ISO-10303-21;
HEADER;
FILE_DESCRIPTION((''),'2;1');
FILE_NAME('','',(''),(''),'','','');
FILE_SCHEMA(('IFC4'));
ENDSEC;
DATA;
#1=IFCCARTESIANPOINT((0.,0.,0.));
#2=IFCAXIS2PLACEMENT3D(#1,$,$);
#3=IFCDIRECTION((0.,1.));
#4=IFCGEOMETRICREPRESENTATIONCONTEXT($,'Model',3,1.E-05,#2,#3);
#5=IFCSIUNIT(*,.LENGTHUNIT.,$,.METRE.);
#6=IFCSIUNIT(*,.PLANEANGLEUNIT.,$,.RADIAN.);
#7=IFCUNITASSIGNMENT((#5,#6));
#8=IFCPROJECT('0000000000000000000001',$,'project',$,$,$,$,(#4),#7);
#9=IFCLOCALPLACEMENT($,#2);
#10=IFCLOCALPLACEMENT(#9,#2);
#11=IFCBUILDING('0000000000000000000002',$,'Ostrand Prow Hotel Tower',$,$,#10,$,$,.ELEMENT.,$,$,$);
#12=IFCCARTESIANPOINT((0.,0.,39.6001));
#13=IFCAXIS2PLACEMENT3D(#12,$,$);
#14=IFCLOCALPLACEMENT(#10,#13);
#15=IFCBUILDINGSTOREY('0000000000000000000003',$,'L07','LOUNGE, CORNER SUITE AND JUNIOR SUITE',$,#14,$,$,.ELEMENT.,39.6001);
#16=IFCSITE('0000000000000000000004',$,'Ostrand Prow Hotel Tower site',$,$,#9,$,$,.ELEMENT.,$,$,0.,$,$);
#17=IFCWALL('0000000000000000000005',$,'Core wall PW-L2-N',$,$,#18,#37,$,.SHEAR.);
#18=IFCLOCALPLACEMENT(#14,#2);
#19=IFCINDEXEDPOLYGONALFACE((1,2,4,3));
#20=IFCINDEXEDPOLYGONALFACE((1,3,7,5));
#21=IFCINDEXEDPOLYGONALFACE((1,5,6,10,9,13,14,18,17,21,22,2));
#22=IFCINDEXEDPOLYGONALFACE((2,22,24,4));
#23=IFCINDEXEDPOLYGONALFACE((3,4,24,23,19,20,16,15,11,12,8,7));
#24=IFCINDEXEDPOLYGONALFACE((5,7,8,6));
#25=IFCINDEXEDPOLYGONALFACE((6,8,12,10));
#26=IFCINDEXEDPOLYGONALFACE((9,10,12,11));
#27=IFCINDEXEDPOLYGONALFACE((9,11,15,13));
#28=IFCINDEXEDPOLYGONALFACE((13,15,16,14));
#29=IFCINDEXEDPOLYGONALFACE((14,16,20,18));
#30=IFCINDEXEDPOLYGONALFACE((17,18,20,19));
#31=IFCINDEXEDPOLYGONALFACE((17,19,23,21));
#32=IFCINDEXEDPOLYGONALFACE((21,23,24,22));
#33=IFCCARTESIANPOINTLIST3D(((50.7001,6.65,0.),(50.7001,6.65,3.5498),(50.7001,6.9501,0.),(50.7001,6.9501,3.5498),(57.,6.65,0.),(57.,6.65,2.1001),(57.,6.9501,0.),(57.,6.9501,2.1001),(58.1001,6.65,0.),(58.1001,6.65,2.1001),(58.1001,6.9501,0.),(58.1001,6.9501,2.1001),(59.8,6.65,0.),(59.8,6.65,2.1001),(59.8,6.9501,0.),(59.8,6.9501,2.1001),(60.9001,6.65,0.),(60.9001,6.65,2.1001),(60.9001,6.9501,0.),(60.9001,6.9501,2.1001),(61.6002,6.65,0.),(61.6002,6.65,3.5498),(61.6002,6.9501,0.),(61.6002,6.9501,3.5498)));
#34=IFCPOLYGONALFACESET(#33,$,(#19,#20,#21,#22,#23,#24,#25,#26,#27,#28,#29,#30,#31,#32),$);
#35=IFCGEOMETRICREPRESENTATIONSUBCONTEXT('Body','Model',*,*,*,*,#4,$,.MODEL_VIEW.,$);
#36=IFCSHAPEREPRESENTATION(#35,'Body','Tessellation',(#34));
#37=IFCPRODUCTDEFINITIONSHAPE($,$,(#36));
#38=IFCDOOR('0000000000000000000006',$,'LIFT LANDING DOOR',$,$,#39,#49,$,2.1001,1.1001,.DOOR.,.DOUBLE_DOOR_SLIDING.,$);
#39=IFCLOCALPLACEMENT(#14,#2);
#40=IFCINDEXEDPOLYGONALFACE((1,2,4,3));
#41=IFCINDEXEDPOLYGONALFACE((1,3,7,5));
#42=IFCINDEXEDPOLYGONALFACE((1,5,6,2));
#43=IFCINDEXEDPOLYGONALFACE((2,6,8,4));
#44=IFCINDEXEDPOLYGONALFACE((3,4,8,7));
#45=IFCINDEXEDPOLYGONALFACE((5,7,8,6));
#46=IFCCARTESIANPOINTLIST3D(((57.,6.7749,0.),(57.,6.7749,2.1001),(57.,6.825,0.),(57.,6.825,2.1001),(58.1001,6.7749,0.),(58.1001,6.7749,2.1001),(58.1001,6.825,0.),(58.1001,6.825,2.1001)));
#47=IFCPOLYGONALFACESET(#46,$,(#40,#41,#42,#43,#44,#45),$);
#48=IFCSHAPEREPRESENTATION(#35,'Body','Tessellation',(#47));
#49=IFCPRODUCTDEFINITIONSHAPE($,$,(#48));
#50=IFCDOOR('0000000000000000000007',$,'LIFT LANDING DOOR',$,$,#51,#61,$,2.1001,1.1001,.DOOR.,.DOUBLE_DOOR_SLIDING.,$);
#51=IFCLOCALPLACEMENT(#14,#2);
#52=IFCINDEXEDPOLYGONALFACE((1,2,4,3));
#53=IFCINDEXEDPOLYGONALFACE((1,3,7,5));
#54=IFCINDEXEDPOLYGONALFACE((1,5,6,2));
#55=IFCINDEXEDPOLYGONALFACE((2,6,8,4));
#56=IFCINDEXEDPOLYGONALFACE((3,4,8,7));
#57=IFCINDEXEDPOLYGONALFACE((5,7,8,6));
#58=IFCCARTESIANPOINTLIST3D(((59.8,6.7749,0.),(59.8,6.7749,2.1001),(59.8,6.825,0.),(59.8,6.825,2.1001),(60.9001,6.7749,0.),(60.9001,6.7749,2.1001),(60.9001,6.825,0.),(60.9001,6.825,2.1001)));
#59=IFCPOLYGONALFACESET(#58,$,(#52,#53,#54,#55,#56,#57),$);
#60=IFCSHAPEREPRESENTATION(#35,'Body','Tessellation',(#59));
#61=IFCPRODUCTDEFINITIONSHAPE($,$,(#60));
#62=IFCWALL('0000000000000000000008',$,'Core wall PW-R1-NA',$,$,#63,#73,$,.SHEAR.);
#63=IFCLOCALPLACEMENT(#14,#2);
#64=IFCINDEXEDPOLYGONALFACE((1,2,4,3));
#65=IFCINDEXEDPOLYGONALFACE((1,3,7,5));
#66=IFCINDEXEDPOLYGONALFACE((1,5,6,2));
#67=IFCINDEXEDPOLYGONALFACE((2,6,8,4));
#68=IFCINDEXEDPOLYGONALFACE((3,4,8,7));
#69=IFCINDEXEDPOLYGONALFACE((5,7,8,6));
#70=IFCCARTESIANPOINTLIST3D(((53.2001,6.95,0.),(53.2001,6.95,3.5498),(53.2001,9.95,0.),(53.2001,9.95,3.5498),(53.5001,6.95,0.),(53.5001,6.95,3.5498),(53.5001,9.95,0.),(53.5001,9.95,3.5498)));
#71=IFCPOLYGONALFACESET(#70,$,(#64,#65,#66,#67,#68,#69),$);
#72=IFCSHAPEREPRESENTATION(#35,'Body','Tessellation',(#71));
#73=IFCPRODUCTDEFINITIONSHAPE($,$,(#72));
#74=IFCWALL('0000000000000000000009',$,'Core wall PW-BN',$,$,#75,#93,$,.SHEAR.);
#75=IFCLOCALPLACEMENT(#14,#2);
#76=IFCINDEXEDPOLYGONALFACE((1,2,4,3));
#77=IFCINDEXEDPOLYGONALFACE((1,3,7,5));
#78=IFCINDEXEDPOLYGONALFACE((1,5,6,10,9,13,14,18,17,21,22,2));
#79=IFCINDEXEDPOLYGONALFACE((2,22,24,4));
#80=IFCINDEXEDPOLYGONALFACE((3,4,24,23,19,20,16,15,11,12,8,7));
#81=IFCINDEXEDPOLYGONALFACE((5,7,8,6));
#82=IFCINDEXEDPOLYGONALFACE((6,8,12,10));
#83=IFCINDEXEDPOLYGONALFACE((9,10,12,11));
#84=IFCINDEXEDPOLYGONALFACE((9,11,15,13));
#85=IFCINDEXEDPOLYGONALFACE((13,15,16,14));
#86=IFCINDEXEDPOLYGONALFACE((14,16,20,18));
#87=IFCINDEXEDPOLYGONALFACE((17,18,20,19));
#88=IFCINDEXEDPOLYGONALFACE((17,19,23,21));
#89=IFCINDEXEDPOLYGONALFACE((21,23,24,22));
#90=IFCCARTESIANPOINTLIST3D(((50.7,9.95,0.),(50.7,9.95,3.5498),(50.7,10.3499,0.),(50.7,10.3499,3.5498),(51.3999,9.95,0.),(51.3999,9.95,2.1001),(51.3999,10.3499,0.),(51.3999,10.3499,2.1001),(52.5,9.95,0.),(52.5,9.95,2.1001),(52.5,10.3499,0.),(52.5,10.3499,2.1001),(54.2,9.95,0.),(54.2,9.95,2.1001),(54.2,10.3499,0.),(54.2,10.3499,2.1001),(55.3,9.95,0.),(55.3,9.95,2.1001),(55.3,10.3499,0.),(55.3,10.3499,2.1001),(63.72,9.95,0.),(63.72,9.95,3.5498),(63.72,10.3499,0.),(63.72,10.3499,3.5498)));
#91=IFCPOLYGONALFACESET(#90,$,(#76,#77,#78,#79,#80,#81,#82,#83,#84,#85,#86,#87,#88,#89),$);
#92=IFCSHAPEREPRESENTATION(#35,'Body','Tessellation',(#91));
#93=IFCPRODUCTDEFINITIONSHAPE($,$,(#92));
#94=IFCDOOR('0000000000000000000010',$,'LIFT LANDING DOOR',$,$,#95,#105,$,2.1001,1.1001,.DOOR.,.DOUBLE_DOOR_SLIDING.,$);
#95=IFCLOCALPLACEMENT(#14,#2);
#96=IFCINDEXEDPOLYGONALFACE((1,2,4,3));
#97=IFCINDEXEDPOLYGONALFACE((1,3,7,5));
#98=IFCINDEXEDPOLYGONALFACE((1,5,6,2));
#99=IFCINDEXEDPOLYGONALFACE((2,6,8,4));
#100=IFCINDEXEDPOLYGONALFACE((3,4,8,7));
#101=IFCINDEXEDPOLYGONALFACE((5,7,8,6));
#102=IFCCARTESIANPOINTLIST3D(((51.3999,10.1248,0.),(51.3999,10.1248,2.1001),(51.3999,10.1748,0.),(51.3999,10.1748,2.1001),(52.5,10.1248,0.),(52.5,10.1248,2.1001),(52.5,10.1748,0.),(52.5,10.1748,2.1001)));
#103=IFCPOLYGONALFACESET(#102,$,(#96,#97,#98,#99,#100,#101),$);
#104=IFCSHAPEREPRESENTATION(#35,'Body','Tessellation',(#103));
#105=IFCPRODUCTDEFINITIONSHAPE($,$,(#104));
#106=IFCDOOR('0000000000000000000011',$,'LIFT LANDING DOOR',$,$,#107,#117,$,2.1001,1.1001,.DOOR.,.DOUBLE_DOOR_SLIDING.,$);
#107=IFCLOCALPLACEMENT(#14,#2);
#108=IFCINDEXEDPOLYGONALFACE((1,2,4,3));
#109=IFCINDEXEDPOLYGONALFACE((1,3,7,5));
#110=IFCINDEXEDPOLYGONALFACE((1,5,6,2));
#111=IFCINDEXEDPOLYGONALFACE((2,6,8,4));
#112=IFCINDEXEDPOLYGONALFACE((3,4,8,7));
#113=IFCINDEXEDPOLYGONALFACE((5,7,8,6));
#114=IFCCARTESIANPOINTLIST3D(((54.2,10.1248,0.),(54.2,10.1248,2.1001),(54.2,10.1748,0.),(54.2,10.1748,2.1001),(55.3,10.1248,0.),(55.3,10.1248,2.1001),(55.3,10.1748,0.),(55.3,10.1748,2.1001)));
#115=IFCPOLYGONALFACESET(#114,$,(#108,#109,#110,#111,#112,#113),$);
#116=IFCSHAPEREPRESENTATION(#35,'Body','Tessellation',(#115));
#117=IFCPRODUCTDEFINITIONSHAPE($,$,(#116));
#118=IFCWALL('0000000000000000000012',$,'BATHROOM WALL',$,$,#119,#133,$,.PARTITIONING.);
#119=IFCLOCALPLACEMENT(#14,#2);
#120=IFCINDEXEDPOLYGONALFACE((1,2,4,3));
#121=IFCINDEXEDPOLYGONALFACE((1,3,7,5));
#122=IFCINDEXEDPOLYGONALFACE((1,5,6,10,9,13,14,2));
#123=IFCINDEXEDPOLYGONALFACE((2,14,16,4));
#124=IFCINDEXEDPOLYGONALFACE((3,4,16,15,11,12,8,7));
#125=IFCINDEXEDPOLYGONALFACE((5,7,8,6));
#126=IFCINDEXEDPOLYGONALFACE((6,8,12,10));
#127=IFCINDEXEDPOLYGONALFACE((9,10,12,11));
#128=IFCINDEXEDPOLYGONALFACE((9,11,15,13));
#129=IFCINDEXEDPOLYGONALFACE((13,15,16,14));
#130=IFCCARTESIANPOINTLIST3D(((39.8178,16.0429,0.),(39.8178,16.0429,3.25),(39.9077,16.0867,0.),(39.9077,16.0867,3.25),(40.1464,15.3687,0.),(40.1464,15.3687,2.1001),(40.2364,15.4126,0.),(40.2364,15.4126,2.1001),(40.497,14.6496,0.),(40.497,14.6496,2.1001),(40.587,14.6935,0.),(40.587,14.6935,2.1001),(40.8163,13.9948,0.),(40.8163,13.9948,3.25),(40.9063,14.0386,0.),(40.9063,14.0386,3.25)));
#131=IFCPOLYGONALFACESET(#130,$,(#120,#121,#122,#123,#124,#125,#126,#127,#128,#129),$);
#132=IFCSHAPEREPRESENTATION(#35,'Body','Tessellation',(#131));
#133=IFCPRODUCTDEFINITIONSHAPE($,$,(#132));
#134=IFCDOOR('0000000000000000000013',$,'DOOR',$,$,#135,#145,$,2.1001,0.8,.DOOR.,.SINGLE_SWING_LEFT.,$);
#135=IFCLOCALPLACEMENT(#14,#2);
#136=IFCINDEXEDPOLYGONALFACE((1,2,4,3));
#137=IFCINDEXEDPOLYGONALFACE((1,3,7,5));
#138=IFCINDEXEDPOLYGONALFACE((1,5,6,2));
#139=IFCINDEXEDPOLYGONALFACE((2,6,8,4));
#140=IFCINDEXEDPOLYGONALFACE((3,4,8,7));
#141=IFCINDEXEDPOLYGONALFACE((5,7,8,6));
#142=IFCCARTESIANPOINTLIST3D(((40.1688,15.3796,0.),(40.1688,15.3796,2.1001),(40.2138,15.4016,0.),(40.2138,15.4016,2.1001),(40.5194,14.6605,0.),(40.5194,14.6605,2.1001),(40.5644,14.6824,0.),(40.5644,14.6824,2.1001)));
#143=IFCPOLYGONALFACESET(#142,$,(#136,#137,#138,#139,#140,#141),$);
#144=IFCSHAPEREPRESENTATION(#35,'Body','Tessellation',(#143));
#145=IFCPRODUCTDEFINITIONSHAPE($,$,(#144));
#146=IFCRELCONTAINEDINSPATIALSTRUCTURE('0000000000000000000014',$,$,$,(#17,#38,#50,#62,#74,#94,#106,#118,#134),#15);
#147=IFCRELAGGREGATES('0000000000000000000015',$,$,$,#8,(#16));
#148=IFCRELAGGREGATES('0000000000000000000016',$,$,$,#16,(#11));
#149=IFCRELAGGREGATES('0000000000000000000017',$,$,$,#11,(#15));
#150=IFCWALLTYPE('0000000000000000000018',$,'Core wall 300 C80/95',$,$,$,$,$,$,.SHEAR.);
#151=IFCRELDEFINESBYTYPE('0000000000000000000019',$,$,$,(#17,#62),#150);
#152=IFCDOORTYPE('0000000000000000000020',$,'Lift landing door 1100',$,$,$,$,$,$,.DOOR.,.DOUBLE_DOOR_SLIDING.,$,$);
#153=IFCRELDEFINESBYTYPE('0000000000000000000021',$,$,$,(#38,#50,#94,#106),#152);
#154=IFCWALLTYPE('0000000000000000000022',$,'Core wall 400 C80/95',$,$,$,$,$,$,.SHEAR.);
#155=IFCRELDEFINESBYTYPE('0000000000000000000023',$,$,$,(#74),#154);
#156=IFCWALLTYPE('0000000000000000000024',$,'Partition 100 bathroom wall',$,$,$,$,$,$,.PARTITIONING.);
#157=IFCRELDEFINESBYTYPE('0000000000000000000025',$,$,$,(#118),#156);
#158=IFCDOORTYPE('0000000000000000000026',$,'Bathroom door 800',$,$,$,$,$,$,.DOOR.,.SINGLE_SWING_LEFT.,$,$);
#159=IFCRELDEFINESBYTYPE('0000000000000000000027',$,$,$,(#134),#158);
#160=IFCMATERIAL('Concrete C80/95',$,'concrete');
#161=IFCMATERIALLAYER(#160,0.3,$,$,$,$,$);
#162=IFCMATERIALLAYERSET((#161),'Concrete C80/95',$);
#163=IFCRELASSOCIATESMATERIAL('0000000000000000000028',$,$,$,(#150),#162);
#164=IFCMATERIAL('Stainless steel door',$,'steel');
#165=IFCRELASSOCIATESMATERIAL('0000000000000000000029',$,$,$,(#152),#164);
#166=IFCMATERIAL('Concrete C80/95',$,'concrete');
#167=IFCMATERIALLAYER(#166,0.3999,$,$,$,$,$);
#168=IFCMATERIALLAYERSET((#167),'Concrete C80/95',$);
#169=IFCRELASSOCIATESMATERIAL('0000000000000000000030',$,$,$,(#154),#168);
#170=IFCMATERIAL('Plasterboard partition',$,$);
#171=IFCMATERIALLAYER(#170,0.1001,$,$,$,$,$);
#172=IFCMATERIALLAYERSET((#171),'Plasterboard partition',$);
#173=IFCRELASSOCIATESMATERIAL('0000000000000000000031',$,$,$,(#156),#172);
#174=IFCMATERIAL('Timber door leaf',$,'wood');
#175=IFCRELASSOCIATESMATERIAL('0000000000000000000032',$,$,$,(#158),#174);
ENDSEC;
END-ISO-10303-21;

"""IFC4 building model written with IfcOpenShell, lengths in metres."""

from ifc_helpers import new_model, si_unit, direction, frame, frame_2d, origin, place, context, subcontext, project, spatial, rectangle, extrude, material, layer, layer_set, type_object, element, fill, save


model = new_model("IFC4")

# Units and contexts
model_context = context("Model", 3, precision=1e-05, world=origin(), true_north=direction((0.0, 1.0)))
body_context = subcontext(model_context, "Body", "Model", "MODEL_VIEW")
ifc_project = project(units=[si_unit("LENGTHUNIT", "METRE"), si_unit("PLANEANGLEUNIT", "RADIAN")], contexts=[model_context])

# Site, building, storey
site_placement = place(None, origin())
site = spatial("IfcSite", under=ifc_project, at=site_placement, Name="Ostrand Prow Hotel Tower site", CompositionType="ELEMENT", RefElevation=0.0)
building_placement = place(site_placement, origin())
building = spatial("IfcBuilding", under=site, at=building_placement, Name="Ostrand Prow Hotel Tower", CompositionType="ELEMENT")
storey_placement = place(building_placement, frame((0.0, 0.0, 39.6001)))
storey = spatial("IfcBuildingStorey", under=building, at=storey_placement, Name="L07", Description="LOUNGE, CORNER SUITE AND JUNIOR SUITE", CompositionType="ELEMENT", Elevation=39.6001)

# Wall, openings, doors
ifc_material_1 = material(Name="Concrete C80/95", Category="concrete")
ifc_layer_1 = layer(ifc_material_1, 0.3)
ifc_layer_set_1 = layer_set([ifc_layer_1], Name="Concrete C80/95")
wall_type_1 = type_object("IfcWallType", Name="Core wall 300 C80/95", PredefinedType="SHEAR", material=ifc_layer_set_1)
wall_1_placement = place(storey_placement, frame((50.7, 6.8, 0.0), z_axis=(0.0, 0.0, 1.0), x_axis=(1.0, 0.0, 0.0)))
wall_1 = element("IfcWall", 1, at=wall_1_placement, inside=storey, type_object=wall_type_1, Name="Core wall PW-L2-N", PredefinedType="SHEAR", context=body_context, shape_type="SweptSolid", body=[
    extrude(rectangle(XDim=10.9001, YDim=0.3, at=frame_2d((5.4502, 0.0))), origin(), (0.0, 0.0, 1.0), 3.5498),
])
opening_1_placement = place(wall_1_placement, frame((6.3, 0.0, 0.0)))
opening_1 = element("IfcOpeningElement", 2, at=opening_1_placement, cuts=wall_1, PredefinedType="OPENING", context=body_context, shape_type="SweptSolid", body=[
    extrude(rectangle(XDim=1.1001, YDim=2.1001, at=frame_2d((0.55, 1.05))), frame((0.0, 0.1599, 0.0), z_axis=(0.0, -1.0, 0.0), x_axis=(1.0, 0.0, 0.0)), (0.0, 0.0, 1.0), 0.3201),
])
opening_2_placement = place(wall_1_placement, frame((9.1001, 0.0, 0.0)))
opening_2 = element("IfcOpeningElement", 3, at=opening_2_placement, cuts=wall_1, PredefinedType="OPENING", context=body_context, shape_type="SweptSolid", body=[
    extrude(rectangle(XDim=1.1001, YDim=2.1001, at=frame_2d((0.55, 1.05))), frame((0.0, 0.1599, 0.0), z_axis=(0.0, -1.0, 0.0), x_axis=(1.0, 0.0, 0.0)), (0.0, 0.0, 1.0), 0.3201),
])
ifc_material_2 = material(Name="Stainless steel door", Category="steel")
door_type_1 = type_object("IfcDoorType", Name="Lift landing door 1100", OperationType="DOUBLE_DOOR_SLIDING", PredefinedType="DOOR", material=ifc_material_2)
door_1_placement = place(opening_1_placement, origin())
door_1 = element("IfcDoor", 4, at=door_1_placement, inside=storey, type_object=door_type_1, Name="LIFT LANDING DOOR", OperationType="DOUBLE_DOOR_SLIDING", OverallHeight=2.1001, OverallWidth=1.1001, PredefinedType="DOOR", context=body_context, shape_type="SweptSolid", body=[
    extrude(rectangle(XDim=1.1001, YDim=2.1001, at=frame_2d((0.55, 1.05))), frame((0.0, 0.0249, 0.0), z_axis=(0.0, -1.0, 0.0), x_axis=(1.0, 0.0, 0.0)), (0.0, 0.0, 1.0), 0.05),
])
fill(opening_1, door_1)
door_2_placement = place(opening_2_placement, origin())
door_2 = element("IfcDoor", 5, at=door_2_placement, inside=storey, type_object=door_type_1, Name="LIFT LANDING DOOR", OperationType="DOUBLE_DOOR_SLIDING", OverallHeight=2.1001, OverallWidth=1.1001, PredefinedType="DOOR", context=body_context, shape_type="SweptSolid", body=[
    extrude(rectangle(XDim=1.1001, YDim=2.1001, at=frame_2d((0.55, 1.05))), frame((0.0, 0.0249, 0.0), z_axis=(0.0, -1.0, 0.0), x_axis=(1.0, 0.0, 0.0)), (0.0, 0.0, 1.0), 0.05),
])
fill(opening_2, door_2)

# Wall
wall_2_placement = place(storey_placement, frame((53.3501, 6.95, 0.0), z_axis=(0.0, 0.0, 1.0), x_axis=(0.0, 1.0, 0.0)))
element("IfcWall", 6, at=wall_2_placement, inside=storey, type_object=wall_type_1, Name="Core wall PW-R1-NA", PredefinedType="SHEAR", context=body_context, shape_type="SweptSolid", body=[
    extrude(rectangle(XDim=3.0, YDim=0.3, at=frame_2d((1.5, 0.0))), origin(), (0.0, 0.0, 1.0), 3.5498),
])

# Wall, openings, doors
ifc_material_3 = material(Name="Concrete C80/95", Category="concrete")
ifc_layer_2 = layer(ifc_material_3, 0.3999)
ifc_layer_set_2 = layer_set([ifc_layer_2], Name="Concrete C80/95")
wall_type_2 = type_object("IfcWallType", Name="Core wall 400 C80/95", PredefinedType="SHEAR", material=ifc_layer_set_2)
wall_3_placement = place(storey_placement, frame((50.7, 10.1499, 0.0), z_axis=(0.0, 0.0, 1.0), x_axis=(1.0, 0.0, 0.0)))
wall_3 = element("IfcWall", 7, at=wall_3_placement, inside=storey, type_object=wall_type_2, Name="Core wall PW-BN", PredefinedType="SHEAR", context=body_context, shape_type="SweptSolid", body=[
    extrude(rectangle(XDim=13.02, YDim=0.3999, at=frame_2d((6.51, 0.0))), origin(), (0.0, 0.0, 1.0), 3.5498),
])
opening_3_placement = place(wall_3_placement, frame((0.7, 0.0, 0.0)))
opening_3 = element("IfcOpeningElement", 8, at=opening_3_placement, cuts=wall_3, PredefinedType="OPENING", context=body_context, shape_type="SweptSolid", body=[
    extrude(rectangle(XDim=1.1001, YDim=2.1001, at=frame_2d((0.55, 1.05))), frame((0.0, 0.21, 0.0), z_axis=(0.0, -1.0, 0.0), x_axis=(1.0, 0.0, 0.0)), (0.0, 0.0, 1.0), 0.4199),
])
opening_4_placement = place(wall_3_placement, frame((3.5, 0.0, 0.0)))
opening_4 = element("IfcOpeningElement", 9, at=opening_4_placement, cuts=wall_3, PredefinedType="OPENING", context=body_context, shape_type="SweptSolid", body=[
    extrude(rectangle(XDim=1.1001, YDim=2.1001, at=frame_2d((0.55, 1.05))), frame((0.0, 0.21, 0.0), z_axis=(0.0, -1.0, 0.0), x_axis=(1.0, 0.0, 0.0)), (0.0, 0.0, 1.0), 0.4199),
])
door_3_placement = place(opening_3_placement, origin())
door_3 = element("IfcDoor", 10, at=door_3_placement, inside=storey, type_object=door_type_1, Name="LIFT LANDING DOOR", OperationType="DOUBLE_DOOR_SLIDING", OverallHeight=2.1001, OverallWidth=1.1001, PredefinedType="DOOR", context=body_context, shape_type="SweptSolid", body=[
    extrude(rectangle(XDim=1.1001, YDim=2.1001, at=frame_2d((0.55, 1.05))), frame((0.0, 0.0249, 0.0), z_axis=(0.0, -1.0, 0.0), x_axis=(1.0, 0.0, 0.0)), (0.0, 0.0, 1.0), 0.05),
])
fill(opening_3, door_3)
door_4_placement = place(opening_4_placement, origin())
door_4 = element("IfcDoor", 11, at=door_4_placement, inside=storey, type_object=door_type_1, Name="LIFT LANDING DOOR", OperationType="DOUBLE_DOOR_SLIDING", OverallHeight=2.1001, OverallWidth=1.1001, PredefinedType="DOOR", context=body_context, shape_type="SweptSolid", body=[
    extrude(rectangle(XDim=1.1001, YDim=2.1001, at=frame_2d((0.55, 1.05))), frame((0.0, 0.0249, 0.0), z_axis=(0.0, -1.0, 0.0), x_axis=(1.0, 0.0, 0.0)), (0.0, 0.0, 1.0), 0.05),
])
fill(opening_4, door_4)

# Wall, opening, door
ifc_material_4 = material(Name="Plasterboard partition")
ifc_layer_3 = layer(ifc_material_4, 0.1001)
ifc_layer_set_3 = layer_set([ifc_layer_3], Name="Plasterboard partition")
wall_type_3 = type_object("IfcWallType", Name="Partition 100 bathroom wall", PredefinedType="PARTITIONING", material=ifc_layer_set_3)
wall_4_placement = place(storey_placement, frame((39.8628, 16.0647, 0.0), z_axis=(0.0, 0.0, 1.0), x_axis=(0.438234, -0.898861, 0.0)))
wall_4 = element("IfcWall", 12, at=wall_4_placement, inside=storey, type_object=wall_type_3, Name="BATHROOM WALL", PredefinedType="PARTITIONING", context=body_context, shape_type="SweptSolid", body=[
    extrude(rectangle(XDim=2.2786, YDim=0.1001, at=frame_2d((1.1392, 0.0))), origin(), (0.0, 0.0, 1.0), 3.25),
])
opening_5_placement = place(wall_4_placement, frame((0.75, 0.0, 0.0)))
opening_5 = element("IfcOpeningElement", 13, at=opening_5_placement, cuts=wall_4, PredefinedType="OPENING", context=body_context, shape_type="SweptSolid", body=[
    extrude(rectangle(XDim=0.8, YDim=2.1001, at=frame_2d((0.3999, 1.05))), frame((0.0, 0.0601, 0.0), z_axis=(0.0, -1.0, 0.0), x_axis=(1.0, 0.0, 0.0)), (0.0, 0.0, 1.0), 0.1201),
])
ifc_material_5 = material(Name="Timber door leaf", Category="wood")
door_type_2 = type_object("IfcDoorType", Name="Bathroom door 800", OperationType="SINGLE_SWING_LEFT", PredefinedType="DOOR", material=ifc_material_5)
door_5_placement = place(opening_5_placement, origin())
door_5 = element("IfcDoor", 14, at=door_5_placement, inside=storey, type_object=door_type_2, Name="DOOR", OperationType="SINGLE_SWING_LEFT", OverallHeight=2.1001, OverallWidth=0.8, PredefinedType="DOOR", context=body_context, shape_type="SweptSolid", body=[
    extrude(rectangle(XDim=0.8, YDim=2.1001, at=frame_2d((0.3999, 1.05))), frame((0.0, 0.0249, 0.0), z_axis=(0.0, -1.0, 0.0), x_axis=(1.0, 0.0, 0.0)), (0.0, 0.0, 1.0), 0.05),
])
fill(opening_5, door_5)

save(model, "model.ifc")
